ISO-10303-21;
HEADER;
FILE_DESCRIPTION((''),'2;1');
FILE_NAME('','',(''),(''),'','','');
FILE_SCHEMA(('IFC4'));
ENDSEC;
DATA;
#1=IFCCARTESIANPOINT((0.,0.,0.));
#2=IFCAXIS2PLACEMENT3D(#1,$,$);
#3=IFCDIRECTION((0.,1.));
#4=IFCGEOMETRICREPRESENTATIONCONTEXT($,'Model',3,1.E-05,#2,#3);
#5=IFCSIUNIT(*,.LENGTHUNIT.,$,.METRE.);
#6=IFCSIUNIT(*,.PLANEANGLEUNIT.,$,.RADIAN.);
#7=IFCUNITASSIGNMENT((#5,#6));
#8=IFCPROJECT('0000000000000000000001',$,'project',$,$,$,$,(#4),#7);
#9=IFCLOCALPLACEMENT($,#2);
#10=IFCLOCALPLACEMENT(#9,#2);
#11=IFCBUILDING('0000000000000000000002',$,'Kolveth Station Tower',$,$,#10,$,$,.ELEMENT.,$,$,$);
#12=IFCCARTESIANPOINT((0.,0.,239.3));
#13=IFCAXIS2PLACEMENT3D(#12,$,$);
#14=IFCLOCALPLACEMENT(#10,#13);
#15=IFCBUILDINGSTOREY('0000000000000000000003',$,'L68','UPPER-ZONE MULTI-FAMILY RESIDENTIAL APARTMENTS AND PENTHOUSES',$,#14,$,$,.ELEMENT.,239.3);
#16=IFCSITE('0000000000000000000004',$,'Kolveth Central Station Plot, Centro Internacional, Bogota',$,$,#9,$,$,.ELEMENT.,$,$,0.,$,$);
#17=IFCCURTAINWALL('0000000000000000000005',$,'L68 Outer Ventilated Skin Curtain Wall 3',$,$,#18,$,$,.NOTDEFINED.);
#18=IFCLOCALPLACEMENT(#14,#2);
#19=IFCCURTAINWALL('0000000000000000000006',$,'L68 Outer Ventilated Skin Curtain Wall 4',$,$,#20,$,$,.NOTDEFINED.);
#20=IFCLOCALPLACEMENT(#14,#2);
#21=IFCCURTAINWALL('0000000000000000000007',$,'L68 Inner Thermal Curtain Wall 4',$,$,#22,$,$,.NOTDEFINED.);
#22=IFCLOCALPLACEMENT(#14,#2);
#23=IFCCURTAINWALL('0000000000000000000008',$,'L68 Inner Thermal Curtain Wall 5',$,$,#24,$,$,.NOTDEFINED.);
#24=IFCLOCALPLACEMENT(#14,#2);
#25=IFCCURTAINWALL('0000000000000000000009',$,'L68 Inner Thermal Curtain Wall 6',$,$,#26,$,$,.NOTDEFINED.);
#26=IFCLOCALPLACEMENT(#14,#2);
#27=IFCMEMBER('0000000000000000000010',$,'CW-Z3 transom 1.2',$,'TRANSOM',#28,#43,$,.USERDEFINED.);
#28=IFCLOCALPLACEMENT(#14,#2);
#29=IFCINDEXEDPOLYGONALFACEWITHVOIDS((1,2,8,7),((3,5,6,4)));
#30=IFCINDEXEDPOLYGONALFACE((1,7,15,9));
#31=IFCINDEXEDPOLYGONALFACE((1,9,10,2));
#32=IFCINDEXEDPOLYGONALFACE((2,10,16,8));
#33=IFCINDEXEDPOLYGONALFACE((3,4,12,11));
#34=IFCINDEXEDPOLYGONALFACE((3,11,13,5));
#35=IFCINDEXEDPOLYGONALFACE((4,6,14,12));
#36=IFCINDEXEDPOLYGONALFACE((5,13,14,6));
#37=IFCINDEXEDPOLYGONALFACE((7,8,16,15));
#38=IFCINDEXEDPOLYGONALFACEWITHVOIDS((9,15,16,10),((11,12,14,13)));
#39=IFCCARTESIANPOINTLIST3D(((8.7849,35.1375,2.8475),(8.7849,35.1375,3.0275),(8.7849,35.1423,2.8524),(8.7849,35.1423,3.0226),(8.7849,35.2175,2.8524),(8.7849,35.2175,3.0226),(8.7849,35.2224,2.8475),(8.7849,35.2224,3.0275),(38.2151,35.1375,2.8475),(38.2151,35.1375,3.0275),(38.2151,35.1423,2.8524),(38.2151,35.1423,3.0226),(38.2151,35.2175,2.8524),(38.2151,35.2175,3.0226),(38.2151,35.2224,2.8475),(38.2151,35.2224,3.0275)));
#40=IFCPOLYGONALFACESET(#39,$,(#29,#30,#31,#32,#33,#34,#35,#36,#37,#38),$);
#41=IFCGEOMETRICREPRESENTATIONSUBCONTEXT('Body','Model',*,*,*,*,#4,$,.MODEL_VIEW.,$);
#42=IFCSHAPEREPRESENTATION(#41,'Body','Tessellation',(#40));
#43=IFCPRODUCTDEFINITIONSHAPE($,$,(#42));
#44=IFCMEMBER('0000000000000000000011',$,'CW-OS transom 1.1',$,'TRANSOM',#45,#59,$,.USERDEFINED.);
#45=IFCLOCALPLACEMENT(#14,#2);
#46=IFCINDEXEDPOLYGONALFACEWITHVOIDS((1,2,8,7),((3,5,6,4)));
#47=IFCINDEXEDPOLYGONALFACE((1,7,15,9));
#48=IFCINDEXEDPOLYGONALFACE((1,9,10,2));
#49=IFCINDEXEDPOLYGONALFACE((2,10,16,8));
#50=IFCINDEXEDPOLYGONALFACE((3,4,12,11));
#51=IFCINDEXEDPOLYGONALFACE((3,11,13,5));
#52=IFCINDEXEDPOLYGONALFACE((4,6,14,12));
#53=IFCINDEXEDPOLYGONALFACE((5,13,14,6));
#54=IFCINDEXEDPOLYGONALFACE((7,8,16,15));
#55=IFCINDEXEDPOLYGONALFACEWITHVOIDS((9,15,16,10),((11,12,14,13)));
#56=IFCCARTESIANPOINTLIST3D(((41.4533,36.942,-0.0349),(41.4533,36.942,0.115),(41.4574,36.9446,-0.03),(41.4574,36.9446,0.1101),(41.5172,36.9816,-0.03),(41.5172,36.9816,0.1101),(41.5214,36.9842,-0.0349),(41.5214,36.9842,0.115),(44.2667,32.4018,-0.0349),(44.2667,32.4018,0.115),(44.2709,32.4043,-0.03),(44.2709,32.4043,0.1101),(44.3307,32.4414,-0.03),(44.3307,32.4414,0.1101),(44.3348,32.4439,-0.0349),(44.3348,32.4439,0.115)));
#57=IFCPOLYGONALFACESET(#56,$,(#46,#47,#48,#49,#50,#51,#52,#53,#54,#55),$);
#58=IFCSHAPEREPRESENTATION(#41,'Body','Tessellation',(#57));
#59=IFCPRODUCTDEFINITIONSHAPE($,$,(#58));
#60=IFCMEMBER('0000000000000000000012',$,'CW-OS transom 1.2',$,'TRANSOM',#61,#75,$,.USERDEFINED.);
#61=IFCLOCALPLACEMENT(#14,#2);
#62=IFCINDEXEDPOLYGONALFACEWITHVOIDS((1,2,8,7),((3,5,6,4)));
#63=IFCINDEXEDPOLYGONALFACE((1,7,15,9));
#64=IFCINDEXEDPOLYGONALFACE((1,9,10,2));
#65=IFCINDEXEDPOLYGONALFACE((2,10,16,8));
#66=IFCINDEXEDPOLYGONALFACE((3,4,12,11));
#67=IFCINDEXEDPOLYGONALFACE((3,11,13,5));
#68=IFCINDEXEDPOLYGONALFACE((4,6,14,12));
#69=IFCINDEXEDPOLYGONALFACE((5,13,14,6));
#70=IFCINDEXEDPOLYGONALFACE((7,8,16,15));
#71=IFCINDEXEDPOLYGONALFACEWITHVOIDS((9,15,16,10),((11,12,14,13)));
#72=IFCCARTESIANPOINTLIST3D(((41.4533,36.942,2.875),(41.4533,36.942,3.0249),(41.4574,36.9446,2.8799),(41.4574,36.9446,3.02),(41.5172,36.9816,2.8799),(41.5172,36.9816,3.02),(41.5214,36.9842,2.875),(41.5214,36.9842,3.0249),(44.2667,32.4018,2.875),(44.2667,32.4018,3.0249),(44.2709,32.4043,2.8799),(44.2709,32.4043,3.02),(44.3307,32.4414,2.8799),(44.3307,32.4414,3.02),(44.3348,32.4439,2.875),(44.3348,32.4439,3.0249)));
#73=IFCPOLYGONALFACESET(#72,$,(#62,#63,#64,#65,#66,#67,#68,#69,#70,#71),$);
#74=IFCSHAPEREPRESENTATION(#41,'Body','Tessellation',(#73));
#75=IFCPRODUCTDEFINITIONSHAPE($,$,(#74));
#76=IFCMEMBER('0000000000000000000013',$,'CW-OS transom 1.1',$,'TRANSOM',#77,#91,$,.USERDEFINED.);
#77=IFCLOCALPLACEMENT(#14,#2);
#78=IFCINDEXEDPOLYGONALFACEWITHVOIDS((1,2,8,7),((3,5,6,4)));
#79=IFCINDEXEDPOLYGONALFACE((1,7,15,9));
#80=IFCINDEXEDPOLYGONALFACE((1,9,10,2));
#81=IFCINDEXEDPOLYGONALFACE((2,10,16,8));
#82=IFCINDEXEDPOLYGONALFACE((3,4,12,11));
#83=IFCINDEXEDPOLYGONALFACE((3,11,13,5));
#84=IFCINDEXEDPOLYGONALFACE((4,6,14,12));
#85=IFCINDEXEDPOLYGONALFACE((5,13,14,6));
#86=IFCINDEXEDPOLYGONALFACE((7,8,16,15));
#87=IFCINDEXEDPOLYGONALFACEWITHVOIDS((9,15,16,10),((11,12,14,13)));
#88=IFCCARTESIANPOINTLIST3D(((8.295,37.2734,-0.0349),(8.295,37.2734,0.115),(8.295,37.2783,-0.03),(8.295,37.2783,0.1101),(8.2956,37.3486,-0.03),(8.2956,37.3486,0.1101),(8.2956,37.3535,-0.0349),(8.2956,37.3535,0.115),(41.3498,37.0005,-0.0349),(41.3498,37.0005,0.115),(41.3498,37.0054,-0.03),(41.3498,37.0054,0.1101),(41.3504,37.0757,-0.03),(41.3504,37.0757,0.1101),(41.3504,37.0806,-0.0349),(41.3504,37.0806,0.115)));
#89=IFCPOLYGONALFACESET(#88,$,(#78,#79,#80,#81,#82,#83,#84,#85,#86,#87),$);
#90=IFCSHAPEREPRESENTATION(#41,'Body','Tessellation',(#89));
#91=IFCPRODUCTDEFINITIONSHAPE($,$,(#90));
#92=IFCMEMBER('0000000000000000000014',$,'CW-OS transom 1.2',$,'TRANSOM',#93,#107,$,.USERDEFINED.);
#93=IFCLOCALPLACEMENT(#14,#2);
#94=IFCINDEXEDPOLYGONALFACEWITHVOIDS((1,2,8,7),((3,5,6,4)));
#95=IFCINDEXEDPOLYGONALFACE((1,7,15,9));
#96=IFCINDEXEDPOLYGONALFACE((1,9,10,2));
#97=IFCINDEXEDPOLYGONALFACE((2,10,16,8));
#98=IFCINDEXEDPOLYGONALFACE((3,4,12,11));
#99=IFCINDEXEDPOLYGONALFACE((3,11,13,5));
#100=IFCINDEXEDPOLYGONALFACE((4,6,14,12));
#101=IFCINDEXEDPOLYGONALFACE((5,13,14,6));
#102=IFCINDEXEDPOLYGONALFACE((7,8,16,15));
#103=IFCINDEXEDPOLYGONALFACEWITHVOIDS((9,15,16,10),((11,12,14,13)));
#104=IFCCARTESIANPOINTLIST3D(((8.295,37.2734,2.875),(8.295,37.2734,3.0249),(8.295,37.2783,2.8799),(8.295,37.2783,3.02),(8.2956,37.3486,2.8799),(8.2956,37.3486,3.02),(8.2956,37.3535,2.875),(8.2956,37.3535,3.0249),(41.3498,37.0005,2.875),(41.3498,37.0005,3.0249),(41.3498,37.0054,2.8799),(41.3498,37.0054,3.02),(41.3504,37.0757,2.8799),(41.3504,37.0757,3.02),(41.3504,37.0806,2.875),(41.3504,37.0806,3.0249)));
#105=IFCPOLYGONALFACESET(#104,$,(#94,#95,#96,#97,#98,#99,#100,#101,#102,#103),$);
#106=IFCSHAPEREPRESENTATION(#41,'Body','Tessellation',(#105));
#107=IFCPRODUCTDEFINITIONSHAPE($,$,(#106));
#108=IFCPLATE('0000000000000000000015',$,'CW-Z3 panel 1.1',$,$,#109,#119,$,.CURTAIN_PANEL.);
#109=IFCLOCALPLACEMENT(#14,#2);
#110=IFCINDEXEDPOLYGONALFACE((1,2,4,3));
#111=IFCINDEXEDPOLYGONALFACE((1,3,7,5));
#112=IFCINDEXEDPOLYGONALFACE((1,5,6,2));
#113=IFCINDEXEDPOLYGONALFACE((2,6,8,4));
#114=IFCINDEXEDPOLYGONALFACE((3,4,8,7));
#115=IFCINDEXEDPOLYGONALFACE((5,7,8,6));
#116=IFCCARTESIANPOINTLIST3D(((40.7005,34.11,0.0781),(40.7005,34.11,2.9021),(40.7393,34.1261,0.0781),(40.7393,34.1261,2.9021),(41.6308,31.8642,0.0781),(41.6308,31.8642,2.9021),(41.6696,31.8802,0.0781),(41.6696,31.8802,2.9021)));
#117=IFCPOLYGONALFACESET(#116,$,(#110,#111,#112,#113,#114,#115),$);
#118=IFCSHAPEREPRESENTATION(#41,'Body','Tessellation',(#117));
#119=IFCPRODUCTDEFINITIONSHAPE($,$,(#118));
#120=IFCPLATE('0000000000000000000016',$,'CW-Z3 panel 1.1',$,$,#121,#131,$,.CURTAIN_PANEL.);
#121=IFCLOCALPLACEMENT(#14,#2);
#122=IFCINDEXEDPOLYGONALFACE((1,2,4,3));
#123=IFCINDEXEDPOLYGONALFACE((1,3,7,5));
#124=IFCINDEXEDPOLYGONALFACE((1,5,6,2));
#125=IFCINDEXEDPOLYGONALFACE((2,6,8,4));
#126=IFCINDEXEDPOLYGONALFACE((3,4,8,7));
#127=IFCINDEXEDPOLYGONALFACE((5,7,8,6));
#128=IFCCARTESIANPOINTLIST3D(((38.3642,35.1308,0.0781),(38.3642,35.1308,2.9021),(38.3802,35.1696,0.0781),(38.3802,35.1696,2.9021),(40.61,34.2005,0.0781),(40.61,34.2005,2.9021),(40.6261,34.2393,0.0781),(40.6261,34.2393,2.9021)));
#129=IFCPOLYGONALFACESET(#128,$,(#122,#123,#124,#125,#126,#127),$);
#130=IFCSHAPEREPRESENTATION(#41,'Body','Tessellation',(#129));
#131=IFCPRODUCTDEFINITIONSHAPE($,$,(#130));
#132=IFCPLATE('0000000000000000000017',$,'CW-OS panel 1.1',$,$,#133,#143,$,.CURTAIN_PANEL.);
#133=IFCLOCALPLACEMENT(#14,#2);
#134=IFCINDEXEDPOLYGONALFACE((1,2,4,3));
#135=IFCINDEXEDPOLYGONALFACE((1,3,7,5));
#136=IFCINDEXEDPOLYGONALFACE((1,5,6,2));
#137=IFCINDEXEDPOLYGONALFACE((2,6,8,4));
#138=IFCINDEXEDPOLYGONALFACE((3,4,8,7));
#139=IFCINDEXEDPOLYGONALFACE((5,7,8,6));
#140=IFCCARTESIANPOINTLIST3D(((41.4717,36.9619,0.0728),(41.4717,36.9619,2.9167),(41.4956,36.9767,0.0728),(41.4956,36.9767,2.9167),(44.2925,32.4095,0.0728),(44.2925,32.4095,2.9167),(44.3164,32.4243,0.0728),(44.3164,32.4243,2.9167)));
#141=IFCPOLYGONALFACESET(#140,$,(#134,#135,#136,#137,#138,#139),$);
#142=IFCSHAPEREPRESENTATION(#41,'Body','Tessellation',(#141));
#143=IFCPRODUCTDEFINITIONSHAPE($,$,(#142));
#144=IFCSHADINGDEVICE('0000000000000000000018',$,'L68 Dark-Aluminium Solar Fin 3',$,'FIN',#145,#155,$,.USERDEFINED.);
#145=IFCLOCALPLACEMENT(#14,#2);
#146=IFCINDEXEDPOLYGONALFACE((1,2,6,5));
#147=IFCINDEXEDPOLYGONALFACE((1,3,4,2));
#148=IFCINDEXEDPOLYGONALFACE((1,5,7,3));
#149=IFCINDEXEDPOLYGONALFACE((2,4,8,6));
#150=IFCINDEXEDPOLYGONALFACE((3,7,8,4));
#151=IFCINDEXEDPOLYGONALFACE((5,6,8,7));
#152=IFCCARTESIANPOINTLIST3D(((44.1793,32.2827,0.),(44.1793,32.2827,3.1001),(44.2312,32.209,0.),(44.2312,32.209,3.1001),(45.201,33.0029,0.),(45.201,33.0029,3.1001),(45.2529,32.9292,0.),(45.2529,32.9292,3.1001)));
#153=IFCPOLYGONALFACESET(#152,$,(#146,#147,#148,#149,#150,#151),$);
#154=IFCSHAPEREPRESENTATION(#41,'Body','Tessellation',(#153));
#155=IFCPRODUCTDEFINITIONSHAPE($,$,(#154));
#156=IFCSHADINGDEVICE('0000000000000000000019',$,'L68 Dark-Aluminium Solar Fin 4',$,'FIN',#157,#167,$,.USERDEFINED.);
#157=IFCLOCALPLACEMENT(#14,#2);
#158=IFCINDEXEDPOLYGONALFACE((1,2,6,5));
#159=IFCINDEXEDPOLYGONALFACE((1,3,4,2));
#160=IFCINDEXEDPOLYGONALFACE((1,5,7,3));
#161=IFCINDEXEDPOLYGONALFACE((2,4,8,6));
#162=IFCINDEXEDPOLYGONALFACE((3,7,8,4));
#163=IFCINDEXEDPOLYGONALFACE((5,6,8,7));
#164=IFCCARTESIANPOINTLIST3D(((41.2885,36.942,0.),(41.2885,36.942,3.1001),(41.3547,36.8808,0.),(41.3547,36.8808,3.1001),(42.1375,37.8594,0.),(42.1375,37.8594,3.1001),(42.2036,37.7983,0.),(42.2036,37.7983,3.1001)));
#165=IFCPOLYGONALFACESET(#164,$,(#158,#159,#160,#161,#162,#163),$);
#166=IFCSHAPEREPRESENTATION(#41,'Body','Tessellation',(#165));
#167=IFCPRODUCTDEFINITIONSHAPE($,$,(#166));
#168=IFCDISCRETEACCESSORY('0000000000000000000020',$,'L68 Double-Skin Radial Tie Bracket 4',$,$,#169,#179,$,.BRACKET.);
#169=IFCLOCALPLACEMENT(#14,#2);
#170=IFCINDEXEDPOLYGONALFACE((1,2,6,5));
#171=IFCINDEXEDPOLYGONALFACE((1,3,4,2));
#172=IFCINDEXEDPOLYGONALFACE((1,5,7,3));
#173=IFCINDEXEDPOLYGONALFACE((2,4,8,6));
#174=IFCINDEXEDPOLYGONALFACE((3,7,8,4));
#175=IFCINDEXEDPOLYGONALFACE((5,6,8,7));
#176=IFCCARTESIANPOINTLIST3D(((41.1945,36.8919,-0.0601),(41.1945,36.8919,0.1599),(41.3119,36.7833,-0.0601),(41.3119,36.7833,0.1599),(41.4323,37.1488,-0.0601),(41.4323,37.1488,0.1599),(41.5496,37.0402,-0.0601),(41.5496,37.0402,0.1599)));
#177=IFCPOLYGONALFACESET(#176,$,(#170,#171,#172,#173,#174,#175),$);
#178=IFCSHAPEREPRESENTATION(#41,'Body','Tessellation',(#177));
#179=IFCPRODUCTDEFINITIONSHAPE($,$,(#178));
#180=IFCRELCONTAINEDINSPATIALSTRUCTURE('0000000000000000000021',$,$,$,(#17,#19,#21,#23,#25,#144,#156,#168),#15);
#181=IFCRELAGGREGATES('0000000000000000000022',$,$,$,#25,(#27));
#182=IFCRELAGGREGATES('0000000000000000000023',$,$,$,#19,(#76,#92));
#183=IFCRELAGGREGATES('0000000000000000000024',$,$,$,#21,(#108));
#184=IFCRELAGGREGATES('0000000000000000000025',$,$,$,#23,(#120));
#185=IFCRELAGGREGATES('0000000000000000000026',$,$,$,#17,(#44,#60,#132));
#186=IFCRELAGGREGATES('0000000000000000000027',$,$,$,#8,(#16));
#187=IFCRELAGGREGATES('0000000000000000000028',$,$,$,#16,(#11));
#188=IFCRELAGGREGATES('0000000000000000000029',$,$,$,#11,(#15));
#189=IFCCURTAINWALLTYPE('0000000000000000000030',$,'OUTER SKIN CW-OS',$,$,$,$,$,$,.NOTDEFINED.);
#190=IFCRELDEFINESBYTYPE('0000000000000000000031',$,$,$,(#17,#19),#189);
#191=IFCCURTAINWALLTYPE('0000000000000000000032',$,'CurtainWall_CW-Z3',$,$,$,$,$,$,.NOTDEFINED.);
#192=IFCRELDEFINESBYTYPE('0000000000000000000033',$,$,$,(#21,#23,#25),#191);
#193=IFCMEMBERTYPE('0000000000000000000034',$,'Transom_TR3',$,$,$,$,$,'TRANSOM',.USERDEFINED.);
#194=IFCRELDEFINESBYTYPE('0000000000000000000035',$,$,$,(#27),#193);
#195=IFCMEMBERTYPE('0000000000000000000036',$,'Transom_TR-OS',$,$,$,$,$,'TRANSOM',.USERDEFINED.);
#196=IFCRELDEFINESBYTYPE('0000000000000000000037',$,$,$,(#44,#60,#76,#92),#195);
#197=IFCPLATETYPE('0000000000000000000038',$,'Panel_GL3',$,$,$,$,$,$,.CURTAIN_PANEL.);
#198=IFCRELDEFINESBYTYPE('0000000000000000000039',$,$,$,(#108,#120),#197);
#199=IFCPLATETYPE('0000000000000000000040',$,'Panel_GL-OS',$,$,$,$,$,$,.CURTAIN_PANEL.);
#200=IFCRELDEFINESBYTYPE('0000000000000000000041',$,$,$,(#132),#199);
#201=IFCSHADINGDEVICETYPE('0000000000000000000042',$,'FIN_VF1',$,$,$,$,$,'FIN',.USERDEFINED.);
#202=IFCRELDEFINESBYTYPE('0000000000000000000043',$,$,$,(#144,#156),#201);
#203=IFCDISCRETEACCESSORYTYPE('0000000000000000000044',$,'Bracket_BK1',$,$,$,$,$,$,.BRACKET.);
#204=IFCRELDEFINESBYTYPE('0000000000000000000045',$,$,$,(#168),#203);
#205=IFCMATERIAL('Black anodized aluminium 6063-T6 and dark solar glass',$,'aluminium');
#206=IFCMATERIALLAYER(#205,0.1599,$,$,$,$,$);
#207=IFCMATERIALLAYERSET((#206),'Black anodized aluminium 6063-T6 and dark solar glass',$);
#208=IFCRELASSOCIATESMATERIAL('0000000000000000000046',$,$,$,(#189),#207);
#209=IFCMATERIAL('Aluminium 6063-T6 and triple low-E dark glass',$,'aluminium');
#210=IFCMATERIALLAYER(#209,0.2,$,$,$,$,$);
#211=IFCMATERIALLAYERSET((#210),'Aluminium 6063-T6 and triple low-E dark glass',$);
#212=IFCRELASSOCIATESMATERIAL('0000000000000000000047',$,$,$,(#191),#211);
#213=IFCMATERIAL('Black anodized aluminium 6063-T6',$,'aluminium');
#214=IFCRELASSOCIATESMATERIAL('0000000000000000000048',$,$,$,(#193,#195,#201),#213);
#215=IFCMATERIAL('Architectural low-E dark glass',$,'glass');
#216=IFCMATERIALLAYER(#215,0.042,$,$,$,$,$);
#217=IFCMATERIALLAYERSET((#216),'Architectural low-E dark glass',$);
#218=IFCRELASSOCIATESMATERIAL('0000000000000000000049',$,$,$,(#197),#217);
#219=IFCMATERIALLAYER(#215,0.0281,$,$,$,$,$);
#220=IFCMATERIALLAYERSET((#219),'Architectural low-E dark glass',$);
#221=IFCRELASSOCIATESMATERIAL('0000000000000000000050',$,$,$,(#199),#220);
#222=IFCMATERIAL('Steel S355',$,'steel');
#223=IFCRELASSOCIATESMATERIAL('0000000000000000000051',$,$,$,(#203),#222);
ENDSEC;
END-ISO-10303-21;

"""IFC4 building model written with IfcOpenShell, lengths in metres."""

from ifc_helpers import new_model, si_unit, direction, frame, origin, origin_2d, place, context, subcontext, project, spatial, rectangle, hollow_rectangle, extrude, source, transform, mapped, material, layer, layer_set, material_profile, profile_set, type_object, element, aggregate, save


model = new_model("IFC4")

# Units and contexts
model_context = context("Model", 3, precision=1e-05, world=origin(), true_north=direction((0.0, 1.0)))
body_context = subcontext(model_context, "Body", "Model", "MODEL_VIEW")
ifc_project = project(units=[si_unit("LENGTHUNIT", "METRE"), si_unit("PLANEANGLEUNIT", "RADIAN")], contexts=[model_context])

# Site, building, storey
site_placement = place(None, origin())
site = spatial("IfcSite", under=ifc_project, at=site_placement, Name="Kolveth Central Station Plot, Centro Internacional, Bogota", CompositionType="ELEMENT", RefElevation=0.0)
building_placement = place(site_placement, origin())
building = spatial("IfcBuilding", under=site, at=building_placement, Name="Kolveth Station Tower", CompositionType="ELEMENT")
storey_placement = place(building_placement, frame((0.0, 0.0, 239.3)))
storey = spatial("IfcBuildingStorey", under=building, at=storey_placement, Name="L68", Description="UPPER-ZONE MULTI-FAMILY RESIDENTIAL APARTMENTS AND PENTHOUSES", CompositionType="ELEMENT", Elevation=239.3)

# Curtain wall
ifc_material_1 = material(Name="Black anodized aluminium 6063-T6 and dark solar glass", Category="aluminium")
ifc_layer_1 = layer(ifc_material_1, 0.1599)
ifc_layer_set_1 = layer_set([ifc_layer_1], Name="Black anodized aluminium 6063-T6 and dark solar glass")
curtain_wall_type_1 = type_object("IfcCurtainWallType", Name="OUTER SKIN CW-OS", PredefinedType="NOTDEFINED", material=ifc_layer_set_1)
curtain_wall_1_placement = place(storey_placement, origin())
curtain_wall_1 = element("IfcCurtainWall", 1, at=curtain_wall_1_placement, inside=storey, type_object=curtain_wall_type_1, Name="L68 Outer Ventilated Skin Curtain Wall 3", PredefinedType="NOTDEFINED")
ifc_material_2 = material(Name="Black anodized aluminium 6063-T6", Category="aluminium")

# Curtain walls
curtain_wall_2_placement = place(storey_placement, origin())
curtain_wall_2 = element("IfcCurtainWall", 2, at=curtain_wall_2_placement, inside=storey, type_object=curtain_wall_type_1, Name="L68 Outer Ventilated Skin Curtain Wall 4", PredefinedType="NOTDEFINED")
ifc_material_3 = material(Name="Aluminium 6063-T6 and triple low-E dark glass", Category="aluminium")
ifc_layer_2 = layer(ifc_material_3, 0.2)
ifc_layer_set_2 = layer_set([ifc_layer_2], Name="Aluminium 6063-T6 and triple low-E dark glass")
curtain_wall_type_2 = type_object("IfcCurtainWallType", Name="CurtainWall_CW-Z3", PredefinedType="NOTDEFINED", material=ifc_layer_set_2)
curtain_wall_3_placement = place(storey_placement, origin())
curtain_wall_3 = element("IfcCurtainWall", 3, at=curtain_wall_3_placement, inside=storey, type_object=curtain_wall_type_2, Name="L68 Inner Thermal Curtain Wall 4", PredefinedType="NOTDEFINED")

# Curtain wall
curtain_wall_4_placement = place(storey_placement, origin())
curtain_wall_4 = element("IfcCurtainWall", 4, at=curtain_wall_4_placement, inside=storey, type_object=curtain_wall_type_2, Name="L68 Inner Thermal Curtain Wall 5", PredefinedType="NOTDEFINED")

# Curtain wall
curtain_wall_5_placement = place(storey_placement, origin())
curtain_wall_5 = element("IfcCurtainWall", 5, at=curtain_wall_5_placement, inside=storey, type_object=curtain_wall_type_2, Name="L68 Inner Thermal Curtain Wall 6", PredefinedType="NOTDEFINED")

# Members
ifc_material_profile_1 = material_profile(ifc_material_2, hollow_rectangle(XDim=0.085, YDim=0.1799, WallThickness=0.0049, at=origin_2d()), Name="ALU-85x180x5")
ifc_profile_set_1 = profile_set([ifc_material_profile_1], Name="Black anodized aluminium 6063-T6")
member_type_1 = type_object("IfcMemberType", Name="Transom_TR3", ElementType="TRANSOM", PredefinedType="USERDEFINED", material=ifc_profile_set_1)
shared_shape_1 = source(origin(), body_context, "Body", "SweptSolid", [
    extrude(hollow_rectangle(XDim=0.085, YDim=0.1799, WallThickness=0.0049, at=origin_2d()), origin(), (0.0, 0.0, 1.0), 29.4302),
])
member_1_placement = place(storey_placement, frame((38.2151, 35.1799, 2.9375), z_axis=(-1.0, 0.0, 0.0), x_axis=(0.0, -1.0, 0.0)))
member_1 = element("IfcMember", 6, at=member_1_placement, type_object=member_type_1, Name="CW-Z3 transom 1.2", ObjectType="TRANSOM", PredefinedType="USERDEFINED", context=body_context, shape_type="MappedRepresentation", body=[
    mapped(shared_shape_1, transform((0.0, 0.0, 0.0), x_axis=(1.0, 0.0, 0.0), y_axis=(0.0, 1.0, 0.0), z_axis=(0.0, 0.0, 1.0), scale=1.0)),
])
aggregate(curtain_wall_5, [member_1])
ifc_material_profile_2 = material_profile(ifc_material_2, hollow_rectangle(XDim=0.0801, YDim=0.1499, WallThickness=0.0049, at=origin_2d()), Name="ALU-80x150x5")
ifc_profile_set_2 = profile_set([ifc_material_profile_2], Name="Black anodized aluminium 6063-T6")
member_type_2 = type_object("IfcMemberType", Name="Transom_TR-OS", ElementType="TRANSOM", PredefinedType="USERDEFINED", material=ifc_profile_set_2)
shared_shape_2 = source(origin(), body_context, "Body", "SweptSolid", [
    extrude(hollow_rectangle(XDim=0.0801, YDim=0.1499, WallThickness=0.0049, at=origin_2d()), origin(), (0.0, 0.0, 1.0), 5.3413),
])
member_2_placement = place(storey_placement, frame((44.3008, 32.4229, 0.04), z_axis=(-0.526737, 0.850028, 0.0), x_axis=(-0.850028, -0.526737, 0.0)))
member_2 = element("IfcMember", 7, at=member_2_placement, type_object=member_type_2, Name="CW-OS transom 1.1", ObjectType="TRANSOM", PredefinedType="USERDEFINED", context=body_context, shape_type="MappedRepresentation", body=[
    mapped(shared_shape_2, transform((0.0, 0.0, 0.0), x_axis=(1.0, 0.0, 0.0), y_axis=(0.0, 1.0, 0.0), z_axis=(0.0, 0.0, 1.0), scale=1.0)),
])
member_3_placement = place(storey_placement, frame((44.3008, 32.4229, 2.95), z_axis=(-0.526737, 0.850028, 0.0), x_axis=(-0.850028, -0.526737, 0.0)))
member_3 = element("IfcMember", 8, at=member_3_placement, type_object=member_type_2, Name="CW-OS transom 1.2", ObjectType="TRANSOM", PredefinedType="USERDEFINED", context=body_context, shape_type="MappedRepresentation", body=[
    mapped(shared_shape_2, transform((0.0, 0.0, 0.0), x_axis=(1.0, 0.0, 0.0), y_axis=(0.0, 1.0, 0.0), z_axis=(0.0, 0.0, 1.0), scale=1.0)),
])
shared_shape_3 = source(origin(), body_context, "Body", "SweptSolid", [
    extrude(hollow_rectangle(XDim=0.0801, YDim=0.1499, WallThickness=0.0049, at=origin_2d()), origin(), (0.0, 0.0, 1.0), 33.0559),
])
member_4_placement = place(storey_placement, frame((41.3501, 37.0405, 0.04), z_axis=(-0.999966, 0.008257, 0.0), x_axis=(-0.008257, -0.999966, 0.0)))
member_4 = element("IfcMember", 9, at=member_4_placement, type_object=member_type_2, Name="CW-OS transom 1.1", ObjectType="TRANSOM", PredefinedType="USERDEFINED", context=body_context, shape_type="MappedRepresentation", body=[
    mapped(shared_shape_3, transform((0.0, 0.0, 0.0), x_axis=(1.0, 0.0, 0.0), y_axis=(0.0, 1.0, 0.0), z_axis=(0.0, 0.0, 1.0), scale=1.0)),
])
member_5_placement = place(storey_placement, frame((41.3501, 37.0405, 2.95), z_axis=(-0.999966, 0.008257, 0.0), x_axis=(-0.008257, -0.999966, 0.0)))
member_5 = element("IfcMember", 10, at=member_5_placement, type_object=member_type_2, Name="CW-OS transom 1.2", ObjectType="TRANSOM", PredefinedType="USERDEFINED", context=body_context, shape_type="MappedRepresentation", body=[
    mapped(shared_shape_3, transform((0.0, 0.0, 0.0), x_axis=(1.0, 0.0, 0.0), y_axis=(0.0, 1.0, 0.0), z_axis=(0.0, 0.0, 1.0), scale=1.0)),
])
aggregate(curtain_wall_2, [member_4, member_5])

# Plates
ifc_material_4 = material(Name="Architectural low-E dark glass", Category="glass")
ifc_layer_3 = layer(ifc_material_4, 0.042)
ifc_layer_set_3 = layer_set([ifc_layer_3], Name="Architectural low-E dark glass")
plate_type_1 = type_object("IfcPlateType", Name="Panel_GL3", PredefinedType="CURTAIN_PANEL", material=ifc_layer_set_3)
shared_shape_4 = source(origin(), body_context, "Body", "SweptSolid", [
    extrude(rectangle(XDim=2.4309, YDim=0.042, at=origin_2d()), origin(), (0.0, 0.0, 1.0), 2.824),
])
plate_1_placement = place(storey_placement, frame((41.1851, 32.9951, 0.0781), z_axis=(0.0, 0.0, 1.0), x_axis=(-0.382693, 0.923875, 0.0)))
plate_1 = element("IfcPlate", 11, at=plate_1_placement, type_object=plate_type_1, Name="CW-Z3 panel 1.1", PredefinedType="CURTAIN_PANEL", context=body_context, shape_type="MappedRepresentation", body=[
    mapped(shared_shape_4, transform((0.0, 0.0, 0.0), x_axis=(1.0, 0.0, 0.0), y_axis=(0.0, 1.0, 0.0), z_axis=(0.0, 0.0, 1.0), scale=1.0)),
])
aggregate(curtain_wall_3, [plate_1])
plate_2_placement = place(storey_placement, frame((39.4951, 34.6851, 0.0781), z_axis=(0.0, 0.0, 1.0), x_axis=(-0.923875, 0.382693, 0.0)))
plate_2 = element("IfcPlate", 12, at=plate_2_placement, type_object=plate_type_1, Name="CW-Z3 panel 1.1", PredefinedType="CURTAIN_PANEL", context=body_context, shape_type="MappedRepresentation", body=[
    mapped(shared_shape_4, transform((0.0, 0.0, 0.0), x_axis=(1.0, 0.0, 0.0), y_axis=(0.0, 1.0, 0.0), z_axis=(0.0, 0.0, 1.0), scale=1.0)),
])
aggregate(curtain_wall_4, [plate_2])
ifc_layer_4 = layer(ifc_material_4, 0.0281)
ifc_layer_set_4 = layer_set([ifc_layer_4], Name="Architectural low-E dark glass")
plate_type_2 = type_object("IfcPlateType", Name="Panel_GL-OS", PredefinedType="CURTAIN_PANEL", material=ifc_layer_set_4)
shared_shape_5 = source(origin(), body_context, "Body", "SweptSolid", [
    extrude(rectangle(XDim=5.3555, YDim=0.0281, at=origin_2d()), origin(), (0.0, 0.0, 1.0), 2.844),
])
plate_3_placement = place(storey_placement, frame((42.894, 34.6931, 0.0728), z_axis=(0.0, 0.0, 1.0), x_axis=(-0.526716, 0.850041, 0.0)))
plate_3 = element("IfcPlate", 13, at=plate_3_placement, type_object=plate_type_2, Name="CW-OS panel 1.1", PredefinedType="CURTAIN_PANEL", context=body_context, shape_type="MappedRepresentation", body=[
    mapped(shared_shape_5, transform((0.0, 0.0, 0.0), x_axis=(1.0, 0.0, 0.0), y_axis=(0.0, 1.0, 0.0), z_axis=(0.0, 0.0, 1.0), scale=1.0)),
])
aggregate(curtain_wall_1, [member_2, member_3, plate_3])

# Shading devices
shading_device_type = type_object("IfcShadingDeviceType", Name="FIN_VF1", ElementType="FIN", PredefinedType="USERDEFINED", material=ifc_material_2)
shared_shape_6 = source(origin(), body_context, "Body", "SweptSolid", [
    extrude(rectangle(XDim=1.25, YDim=0.0901, at=origin_2d()), origin(), (0.0, 0.0, 1.0), 3.1001),
])
for number, where, z_axis, x_axis, name in (
    (14, (44.7161, 32.606, 0.0), (0.0, 0.0, 1.0), (0.817346, 0.576147, 0.0), "L68 Dark-Aluminium Solar Fin 3"),
    (15, (41.7461, 37.3701, 0.0), (0.0, 0.0, 1.0), (0.679185, 0.733967, 0.0), "L68 Dark-Aluminium Solar Fin 4"),
):
    element("IfcShadingDevice", number, at=place(storey_placement, frame(where, z_axis=z_axis, x_axis=x_axis)), inside=storey, type_object=shading_device_type, Name=name, ObjectType="FIN", PredefinedType="USERDEFINED", context=body_context, shape_type="MappedRepresentation", body=[
        mapped(shared_shape_6, transform((0.0, 0.0, 0.0), x_axis=(1.0, 0.0, 0.0), y_axis=(0.0, 1.0, 0.0), z_axis=(0.0, 0.0, 1.0), scale=1.0)),
    ])

# Discrete accessory
ifc_material_5 = material(Name="Steel S355", Category="steel")
discrete_accessory_type = type_object("IfcDiscreteAccessoryType", Name="Bracket_BK1", PredefinedType="BRACKET", material=ifc_material_5)
shared_shape_7 = source(origin(), body_context, "Body", "SweptSolid", [
    extrude(rectangle(XDim=0.3501, YDim=0.1599, at=origin_2d()), origin(), (0.0, 0.0, 1.0), 0.22),
])
discrete_accessory_placement = place(storey_placement, frame((41.3721, 36.9661, -0.0601), z_axis=(0.0, 0.0, 1.0), x_axis=(0.679185, 0.733967, 0.0)))
element("IfcDiscreteAccessory", 16, at=discrete_accessory_placement, inside=storey, type_object=discrete_accessory_type, Name="L68 Double-Skin Radial Tie Bracket 4", PredefinedType="BRACKET", context=body_context, shape_type="MappedRepresentation", body=[
    mapped(shared_shape_7, transform((0.0, 0.0, 0.0), x_axis=(1.0, 0.0, 0.0), y_axis=(0.0, 1.0, 0.0), z_axis=(0.0, 0.0, 1.0), scale=1.0)),
])

save(model, "model.ifc")
